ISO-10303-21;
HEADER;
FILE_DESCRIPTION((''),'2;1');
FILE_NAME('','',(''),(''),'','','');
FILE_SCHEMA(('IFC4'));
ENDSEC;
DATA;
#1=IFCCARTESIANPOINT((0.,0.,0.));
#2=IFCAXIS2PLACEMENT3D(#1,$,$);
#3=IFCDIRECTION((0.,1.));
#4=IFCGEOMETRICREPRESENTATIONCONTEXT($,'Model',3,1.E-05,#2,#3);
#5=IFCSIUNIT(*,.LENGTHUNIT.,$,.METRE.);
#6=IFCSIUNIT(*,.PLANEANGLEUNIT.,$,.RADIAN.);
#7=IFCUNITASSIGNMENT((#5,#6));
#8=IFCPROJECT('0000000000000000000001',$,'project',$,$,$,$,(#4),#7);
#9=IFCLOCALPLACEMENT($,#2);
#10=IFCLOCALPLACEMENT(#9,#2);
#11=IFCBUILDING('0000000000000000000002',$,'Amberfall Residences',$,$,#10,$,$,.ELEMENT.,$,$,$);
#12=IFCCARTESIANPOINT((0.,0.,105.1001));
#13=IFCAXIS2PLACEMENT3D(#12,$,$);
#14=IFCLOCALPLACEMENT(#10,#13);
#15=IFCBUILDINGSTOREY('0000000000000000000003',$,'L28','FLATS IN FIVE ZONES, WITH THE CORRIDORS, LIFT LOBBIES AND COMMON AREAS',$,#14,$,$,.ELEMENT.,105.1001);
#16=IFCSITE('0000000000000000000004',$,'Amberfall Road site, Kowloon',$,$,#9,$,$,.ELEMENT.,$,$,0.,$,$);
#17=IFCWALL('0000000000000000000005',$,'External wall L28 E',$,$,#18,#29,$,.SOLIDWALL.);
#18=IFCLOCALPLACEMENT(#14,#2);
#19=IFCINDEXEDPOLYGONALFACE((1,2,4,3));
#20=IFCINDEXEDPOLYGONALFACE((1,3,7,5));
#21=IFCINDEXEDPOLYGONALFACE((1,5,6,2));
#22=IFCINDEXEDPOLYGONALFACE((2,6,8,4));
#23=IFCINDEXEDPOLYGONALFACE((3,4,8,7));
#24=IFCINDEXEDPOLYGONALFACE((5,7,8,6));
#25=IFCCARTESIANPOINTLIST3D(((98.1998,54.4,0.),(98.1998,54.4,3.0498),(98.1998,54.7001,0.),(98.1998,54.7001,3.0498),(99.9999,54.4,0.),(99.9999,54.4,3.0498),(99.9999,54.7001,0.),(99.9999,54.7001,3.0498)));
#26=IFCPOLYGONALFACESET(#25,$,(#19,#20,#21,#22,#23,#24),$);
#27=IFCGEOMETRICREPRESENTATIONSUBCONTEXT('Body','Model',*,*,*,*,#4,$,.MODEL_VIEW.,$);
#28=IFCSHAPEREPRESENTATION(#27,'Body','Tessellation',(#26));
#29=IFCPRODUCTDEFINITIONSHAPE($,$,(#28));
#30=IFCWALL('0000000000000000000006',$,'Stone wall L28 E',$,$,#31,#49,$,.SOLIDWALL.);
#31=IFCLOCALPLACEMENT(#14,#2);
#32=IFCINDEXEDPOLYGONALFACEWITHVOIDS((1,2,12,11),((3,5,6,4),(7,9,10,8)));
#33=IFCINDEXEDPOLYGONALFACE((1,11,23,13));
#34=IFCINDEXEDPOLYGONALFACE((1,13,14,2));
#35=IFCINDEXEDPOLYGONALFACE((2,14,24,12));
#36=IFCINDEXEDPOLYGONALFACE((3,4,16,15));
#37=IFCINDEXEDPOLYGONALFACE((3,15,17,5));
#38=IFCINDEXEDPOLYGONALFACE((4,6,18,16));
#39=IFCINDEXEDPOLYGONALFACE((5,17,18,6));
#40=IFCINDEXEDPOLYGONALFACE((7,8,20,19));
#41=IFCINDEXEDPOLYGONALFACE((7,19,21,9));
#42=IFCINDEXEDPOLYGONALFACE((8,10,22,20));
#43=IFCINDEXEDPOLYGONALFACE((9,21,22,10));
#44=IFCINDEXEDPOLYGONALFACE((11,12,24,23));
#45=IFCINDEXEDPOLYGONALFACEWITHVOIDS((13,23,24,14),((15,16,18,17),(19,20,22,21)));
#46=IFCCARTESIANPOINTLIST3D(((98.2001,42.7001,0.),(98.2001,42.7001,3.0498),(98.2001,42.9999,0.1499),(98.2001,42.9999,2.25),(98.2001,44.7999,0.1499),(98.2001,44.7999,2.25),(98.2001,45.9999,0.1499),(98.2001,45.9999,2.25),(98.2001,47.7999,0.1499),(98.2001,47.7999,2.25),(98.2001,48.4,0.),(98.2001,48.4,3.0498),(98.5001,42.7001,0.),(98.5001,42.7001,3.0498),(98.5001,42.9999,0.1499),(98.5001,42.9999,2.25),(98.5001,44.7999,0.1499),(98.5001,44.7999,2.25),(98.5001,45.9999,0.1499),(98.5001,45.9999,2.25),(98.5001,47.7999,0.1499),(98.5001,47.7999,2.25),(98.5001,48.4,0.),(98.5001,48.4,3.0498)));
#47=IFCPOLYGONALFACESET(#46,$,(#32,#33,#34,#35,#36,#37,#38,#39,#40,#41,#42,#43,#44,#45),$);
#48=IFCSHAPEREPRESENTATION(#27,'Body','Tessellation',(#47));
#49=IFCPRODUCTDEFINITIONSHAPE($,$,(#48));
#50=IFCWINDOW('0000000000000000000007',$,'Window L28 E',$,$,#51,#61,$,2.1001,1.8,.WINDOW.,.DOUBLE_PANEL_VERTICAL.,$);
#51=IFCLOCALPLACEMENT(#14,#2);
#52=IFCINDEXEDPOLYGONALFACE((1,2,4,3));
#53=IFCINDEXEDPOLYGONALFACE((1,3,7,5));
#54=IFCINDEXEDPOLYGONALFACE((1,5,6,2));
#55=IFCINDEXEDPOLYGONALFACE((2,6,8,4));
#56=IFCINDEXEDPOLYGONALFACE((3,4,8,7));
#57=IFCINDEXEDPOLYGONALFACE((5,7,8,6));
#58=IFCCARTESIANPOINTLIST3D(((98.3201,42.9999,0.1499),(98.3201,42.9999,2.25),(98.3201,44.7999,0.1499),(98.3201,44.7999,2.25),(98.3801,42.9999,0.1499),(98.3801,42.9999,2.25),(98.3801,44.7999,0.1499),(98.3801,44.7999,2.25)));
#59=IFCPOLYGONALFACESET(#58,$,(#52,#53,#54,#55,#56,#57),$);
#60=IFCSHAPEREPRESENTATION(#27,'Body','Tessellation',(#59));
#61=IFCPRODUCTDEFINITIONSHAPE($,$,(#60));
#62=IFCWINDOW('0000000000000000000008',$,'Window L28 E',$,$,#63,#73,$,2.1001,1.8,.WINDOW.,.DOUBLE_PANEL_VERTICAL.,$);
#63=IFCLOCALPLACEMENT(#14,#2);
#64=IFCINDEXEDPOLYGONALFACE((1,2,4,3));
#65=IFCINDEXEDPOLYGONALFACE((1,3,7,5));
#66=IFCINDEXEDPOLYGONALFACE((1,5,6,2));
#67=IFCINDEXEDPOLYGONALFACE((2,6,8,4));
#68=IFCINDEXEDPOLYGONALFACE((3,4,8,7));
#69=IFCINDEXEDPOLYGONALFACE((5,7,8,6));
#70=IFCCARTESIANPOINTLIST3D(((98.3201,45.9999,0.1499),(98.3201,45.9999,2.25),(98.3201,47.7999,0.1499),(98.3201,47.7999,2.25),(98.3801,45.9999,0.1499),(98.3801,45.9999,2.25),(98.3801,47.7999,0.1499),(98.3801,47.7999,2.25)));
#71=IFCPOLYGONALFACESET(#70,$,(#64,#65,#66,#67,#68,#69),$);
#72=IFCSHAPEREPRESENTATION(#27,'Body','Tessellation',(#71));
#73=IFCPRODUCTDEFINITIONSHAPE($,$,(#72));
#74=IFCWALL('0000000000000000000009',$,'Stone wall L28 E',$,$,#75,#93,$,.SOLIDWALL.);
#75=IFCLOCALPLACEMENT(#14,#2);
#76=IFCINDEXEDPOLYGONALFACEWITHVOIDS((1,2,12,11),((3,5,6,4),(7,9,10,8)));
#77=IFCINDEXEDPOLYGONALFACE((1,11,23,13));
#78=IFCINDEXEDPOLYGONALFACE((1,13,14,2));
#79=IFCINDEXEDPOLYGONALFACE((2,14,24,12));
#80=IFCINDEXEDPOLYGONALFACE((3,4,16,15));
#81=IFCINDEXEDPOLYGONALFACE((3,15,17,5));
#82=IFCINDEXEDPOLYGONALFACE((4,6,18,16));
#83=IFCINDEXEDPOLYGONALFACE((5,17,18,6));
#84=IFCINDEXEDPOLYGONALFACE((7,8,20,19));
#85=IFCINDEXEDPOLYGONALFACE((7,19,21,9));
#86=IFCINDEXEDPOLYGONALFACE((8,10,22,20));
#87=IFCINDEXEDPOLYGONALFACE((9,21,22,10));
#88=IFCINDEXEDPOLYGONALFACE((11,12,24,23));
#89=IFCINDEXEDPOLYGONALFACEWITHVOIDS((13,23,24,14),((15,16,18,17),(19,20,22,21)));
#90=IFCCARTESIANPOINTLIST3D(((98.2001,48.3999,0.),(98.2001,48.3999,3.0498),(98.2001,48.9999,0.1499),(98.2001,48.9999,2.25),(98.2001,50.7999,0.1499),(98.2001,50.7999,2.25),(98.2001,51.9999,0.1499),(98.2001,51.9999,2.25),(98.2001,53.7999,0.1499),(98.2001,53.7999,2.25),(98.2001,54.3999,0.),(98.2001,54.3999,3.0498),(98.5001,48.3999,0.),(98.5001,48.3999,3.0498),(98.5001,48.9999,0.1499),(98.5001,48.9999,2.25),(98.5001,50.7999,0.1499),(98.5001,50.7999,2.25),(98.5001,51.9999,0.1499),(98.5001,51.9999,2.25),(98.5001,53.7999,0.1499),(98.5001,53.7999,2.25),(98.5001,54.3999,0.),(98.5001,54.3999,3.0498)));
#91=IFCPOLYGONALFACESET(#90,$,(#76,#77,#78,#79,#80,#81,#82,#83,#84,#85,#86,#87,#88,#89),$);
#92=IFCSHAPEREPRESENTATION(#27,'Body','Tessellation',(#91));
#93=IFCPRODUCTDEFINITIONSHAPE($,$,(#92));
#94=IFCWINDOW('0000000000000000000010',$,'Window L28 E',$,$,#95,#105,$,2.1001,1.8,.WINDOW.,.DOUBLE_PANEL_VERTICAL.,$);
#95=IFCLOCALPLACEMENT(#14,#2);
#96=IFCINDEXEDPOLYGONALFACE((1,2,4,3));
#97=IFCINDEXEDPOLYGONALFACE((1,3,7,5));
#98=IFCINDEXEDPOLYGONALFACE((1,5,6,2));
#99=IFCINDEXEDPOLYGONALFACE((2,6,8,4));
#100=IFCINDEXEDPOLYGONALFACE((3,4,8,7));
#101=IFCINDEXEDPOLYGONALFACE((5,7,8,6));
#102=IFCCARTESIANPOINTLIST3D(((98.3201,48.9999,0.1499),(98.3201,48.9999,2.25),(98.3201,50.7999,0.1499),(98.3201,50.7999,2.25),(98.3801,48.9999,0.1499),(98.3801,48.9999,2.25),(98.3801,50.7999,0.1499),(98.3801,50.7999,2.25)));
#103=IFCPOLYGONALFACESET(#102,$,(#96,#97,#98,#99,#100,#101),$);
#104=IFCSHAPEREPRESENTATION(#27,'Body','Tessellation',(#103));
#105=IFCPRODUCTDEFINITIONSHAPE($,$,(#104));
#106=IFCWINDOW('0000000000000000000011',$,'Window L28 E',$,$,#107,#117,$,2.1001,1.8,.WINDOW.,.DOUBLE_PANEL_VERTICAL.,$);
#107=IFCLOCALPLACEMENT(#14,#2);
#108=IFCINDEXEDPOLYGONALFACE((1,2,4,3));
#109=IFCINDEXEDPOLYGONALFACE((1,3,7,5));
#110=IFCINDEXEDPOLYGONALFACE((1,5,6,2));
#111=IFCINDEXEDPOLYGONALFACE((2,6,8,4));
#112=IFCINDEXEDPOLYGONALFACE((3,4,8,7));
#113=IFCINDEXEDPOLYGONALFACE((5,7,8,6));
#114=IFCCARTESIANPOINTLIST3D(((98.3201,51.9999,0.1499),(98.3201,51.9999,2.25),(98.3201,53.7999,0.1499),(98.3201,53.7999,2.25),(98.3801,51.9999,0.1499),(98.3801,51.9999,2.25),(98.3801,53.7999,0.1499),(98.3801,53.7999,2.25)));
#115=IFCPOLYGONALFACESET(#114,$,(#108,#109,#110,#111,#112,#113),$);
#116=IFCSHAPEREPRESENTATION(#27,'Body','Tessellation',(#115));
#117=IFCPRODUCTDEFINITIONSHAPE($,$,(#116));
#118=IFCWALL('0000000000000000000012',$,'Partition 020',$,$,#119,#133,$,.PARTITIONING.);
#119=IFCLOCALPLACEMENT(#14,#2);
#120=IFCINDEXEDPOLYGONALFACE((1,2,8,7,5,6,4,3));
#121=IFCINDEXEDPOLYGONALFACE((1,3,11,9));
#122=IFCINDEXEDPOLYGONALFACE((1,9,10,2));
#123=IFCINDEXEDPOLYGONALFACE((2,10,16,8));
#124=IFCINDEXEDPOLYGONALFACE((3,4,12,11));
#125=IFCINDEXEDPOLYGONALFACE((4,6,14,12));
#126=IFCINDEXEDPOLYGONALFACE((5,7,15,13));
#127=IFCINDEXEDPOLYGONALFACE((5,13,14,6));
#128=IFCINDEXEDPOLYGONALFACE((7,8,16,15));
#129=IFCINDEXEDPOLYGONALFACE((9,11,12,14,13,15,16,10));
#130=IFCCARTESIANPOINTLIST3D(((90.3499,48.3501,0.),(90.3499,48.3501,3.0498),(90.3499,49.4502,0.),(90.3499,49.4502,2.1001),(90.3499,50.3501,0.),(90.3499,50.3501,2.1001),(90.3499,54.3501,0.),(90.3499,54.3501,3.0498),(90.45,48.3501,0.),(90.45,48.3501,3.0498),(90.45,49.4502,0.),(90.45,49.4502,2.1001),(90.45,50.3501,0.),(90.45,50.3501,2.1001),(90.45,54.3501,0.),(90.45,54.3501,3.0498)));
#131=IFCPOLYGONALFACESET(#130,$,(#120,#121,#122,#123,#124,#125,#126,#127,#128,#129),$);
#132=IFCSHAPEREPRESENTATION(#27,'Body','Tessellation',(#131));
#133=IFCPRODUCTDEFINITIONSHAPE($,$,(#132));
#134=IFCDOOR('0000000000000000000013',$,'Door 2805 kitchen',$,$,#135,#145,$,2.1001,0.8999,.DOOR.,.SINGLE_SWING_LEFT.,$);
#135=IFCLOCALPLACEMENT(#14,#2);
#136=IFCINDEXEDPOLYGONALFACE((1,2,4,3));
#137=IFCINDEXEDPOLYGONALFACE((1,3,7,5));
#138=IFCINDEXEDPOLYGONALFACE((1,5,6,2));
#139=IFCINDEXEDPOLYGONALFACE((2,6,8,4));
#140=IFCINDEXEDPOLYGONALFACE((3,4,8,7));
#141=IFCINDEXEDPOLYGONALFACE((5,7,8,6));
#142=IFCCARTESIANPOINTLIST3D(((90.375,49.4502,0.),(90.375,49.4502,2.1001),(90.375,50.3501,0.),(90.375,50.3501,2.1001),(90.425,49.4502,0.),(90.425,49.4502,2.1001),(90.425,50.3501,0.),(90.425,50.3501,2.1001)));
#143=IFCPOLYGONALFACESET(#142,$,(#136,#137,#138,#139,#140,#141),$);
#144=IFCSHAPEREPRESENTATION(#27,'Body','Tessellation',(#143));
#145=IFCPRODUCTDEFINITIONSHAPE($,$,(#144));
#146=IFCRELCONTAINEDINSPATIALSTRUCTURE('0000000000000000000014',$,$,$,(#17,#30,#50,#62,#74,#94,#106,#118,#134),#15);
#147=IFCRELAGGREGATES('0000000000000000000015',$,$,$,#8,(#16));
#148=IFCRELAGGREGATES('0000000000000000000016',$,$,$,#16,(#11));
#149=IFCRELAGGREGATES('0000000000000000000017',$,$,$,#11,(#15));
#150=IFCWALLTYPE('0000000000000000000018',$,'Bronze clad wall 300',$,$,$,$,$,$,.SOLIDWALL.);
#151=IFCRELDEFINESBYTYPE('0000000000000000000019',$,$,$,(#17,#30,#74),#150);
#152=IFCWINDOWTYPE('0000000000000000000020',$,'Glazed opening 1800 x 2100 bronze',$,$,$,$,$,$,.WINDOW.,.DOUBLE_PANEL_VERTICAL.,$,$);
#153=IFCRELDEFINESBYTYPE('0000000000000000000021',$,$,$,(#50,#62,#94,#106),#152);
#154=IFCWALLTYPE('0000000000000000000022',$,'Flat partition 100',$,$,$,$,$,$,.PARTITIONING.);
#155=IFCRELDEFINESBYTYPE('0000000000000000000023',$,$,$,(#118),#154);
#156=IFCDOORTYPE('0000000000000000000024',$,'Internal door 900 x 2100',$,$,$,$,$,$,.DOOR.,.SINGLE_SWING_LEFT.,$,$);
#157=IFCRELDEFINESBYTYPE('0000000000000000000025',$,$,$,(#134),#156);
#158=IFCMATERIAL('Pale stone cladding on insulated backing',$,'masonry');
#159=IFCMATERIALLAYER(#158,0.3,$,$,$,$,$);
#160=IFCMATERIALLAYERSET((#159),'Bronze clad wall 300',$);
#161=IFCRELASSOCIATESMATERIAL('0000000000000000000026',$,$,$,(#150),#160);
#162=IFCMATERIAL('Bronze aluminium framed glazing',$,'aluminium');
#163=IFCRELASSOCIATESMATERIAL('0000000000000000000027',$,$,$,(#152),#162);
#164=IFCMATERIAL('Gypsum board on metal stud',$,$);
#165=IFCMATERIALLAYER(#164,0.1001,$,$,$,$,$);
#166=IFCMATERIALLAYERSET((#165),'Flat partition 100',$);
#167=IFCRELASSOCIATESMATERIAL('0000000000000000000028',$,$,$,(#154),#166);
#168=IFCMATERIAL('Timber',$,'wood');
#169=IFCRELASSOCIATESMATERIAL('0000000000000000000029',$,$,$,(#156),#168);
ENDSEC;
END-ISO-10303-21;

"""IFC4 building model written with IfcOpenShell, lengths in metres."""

from ifc_helpers import new_model, si_unit, direction, frame, frame_2d, origin, place, context, subcontext, project, spatial, rectangle, extrude, material, layer, layer_set, type_object, element, fill, save


model = new_model("IFC4")

# Units and contexts
model_context = context("Model", 3, precision=1e-05, world=origin(), true_north=direction((0.0, 1.0)))
body_context = subcontext(model_context, "Body", "Model", "MODEL_VIEW")
ifc_project = project(units=[si_unit("LENGTHUNIT", "METRE"), si_unit("PLANEANGLEUNIT", "RADIAN")], contexts=[model_context])

# Site, building, storey
site_placement = place(None, origin())
site = spatial("IfcSite", under=ifc_project, at=site_placement, Name="Amberfall Road site, Kowloon", CompositionType="ELEMENT", RefElevation=0.0)
building_placement = place(site_placement, origin())
building = spatial("IfcBuilding", under=site, at=building_placement, Name="Amberfall Residences", CompositionType="ELEMENT")
storey_placement = place(building_placement, frame((0.0, 0.0, 105.1001)))
storey = spatial("IfcBuildingStorey", under=building, at=storey_placement, Name="L28", Description="FLATS IN FIVE ZONES, WITH THE CORRIDORS, LIFT LOBBIES AND COMMON AREAS", CompositionType="ELEMENT", Elevation=105.1001)

# Wall
ifc_material_1 = material(Name="Pale stone cladding on insulated backing", Category="masonry")
ifc_layer_1 = layer(ifc_material_1, 0.3)
ifc_layer_set_1 = layer_set([ifc_layer_1], Name="Bronze clad wall 300")
wall_type_1 = type_object("IfcWallType", Name="Bronze clad wall 300", PredefinedType="SOLIDWALL", material=ifc_layer_set_1)
wall_1_placement = place(storey_placement, frame((98.2, 54.55, 0.0), z_axis=(0.0, 0.0, 1.0), x_axis=(1.0, 0.0, 0.0)))
element("IfcWall", 1, at=wall_1_placement, inside=storey, type_object=wall_type_1, Name="External wall L28 E", PredefinedType="SOLIDWALL", context=body_context, shape_type="SweptSolid", body=[
    extrude(rectangle(XDim=1.8, YDim=0.3, at=frame_2d((0.8999, 0.0))), origin(), (0.0, 0.0, 1.0), 3.0498),
])

# Walls, openings, windows
wall_2_placement = place(storey_placement, frame((98.3501, 42.7, 0.0), z_axis=(0.0, 0.0, 1.0), x_axis=(0.0, 1.0, 0.0)))
wall_2 = element("IfcWall", 2, at=wall_2_placement, inside=storey, type_object=wall_type_1, Name="Stone wall L28 E", PredefinedType="SOLIDWALL", context=body_context, shape_type="SweptSolid", body=[
    extrude(rectangle(XDim=5.7, YDim=0.3, at=frame_2d((2.8501, 0.0))), origin(), (0.0, 0.0, 1.0), 3.0498),
])
opening_1_placement = place(wall_2_placement, frame((0.3, 0.0, 0.1499)))
opening_1 = element("IfcOpeningElement", 3, at=opening_1_placement, cuts=wall_2, PredefinedType="OPENING", context=body_context, shape_type="SweptSolid", body=[
    extrude(rectangle(XDim=1.8, YDim=2.1001, at=frame_2d((0.8999, 1.05))), frame((0.0, 0.1599, 0.0), z_axis=(0.0, -1.0, 0.0), x_axis=(1.0, 0.0, 0.0)), (0.0, 0.0, 1.0), 0.3201),
])
opening_2_placement = place(wall_2_placement, frame((3.3, 0.0, 0.1499)))
opening_2 = element("IfcOpeningElement", 4, at=opening_2_placement, cuts=wall_2, PredefinedType="OPENING", context=body_context, shape_type="SweptSolid", body=[
    extrude(rectangle(XDim=1.8, YDim=2.1001, at=frame_2d((0.8999, 1.05))), frame((0.0, 0.1599, 0.0), z_axis=(0.0, -1.0, 0.0), x_axis=(1.0, 0.0, 0.0)), (0.0, 0.0, 1.0), 0.3201),
])
ifc_material_2 = material(Name="Bronze aluminium framed glazing", Category="aluminium")
window_type = type_object("IfcWindowType", Name="Glazed opening 1800 x 2100 bronze", PartitioningType="DOUBLE_PANEL_VERTICAL", PredefinedType="WINDOW", material=ifc_material_2)
window_1_placement = place(opening_1_placement, origin())
window_1 = element("IfcWindow", 5, at=window_1_placement, inside=storey, type_object=window_type, Name="Window L28 E", OverallHeight=2.1001, OverallWidth=1.8, PartitioningType="DOUBLE_PANEL_VERTICAL", PredefinedType="WINDOW", context=body_context, shape_type="SweptSolid", body=[
    extrude(rectangle(XDim=1.8, YDim=2.1001, at=frame_2d((0.8999, 1.05))), frame((0.0, 0.03, 0.0), z_axis=(0.0, -1.0, 0.0), x_axis=(1.0, 0.0, 0.0)), (0.0, 0.0, 1.0), 0.0601),
])
fill(opening_1, window_1)
window_2_placement = place(opening_2_placement, origin())
window_2 = element("IfcWindow", 6, at=window_2_placement, inside=storey, type_object=window_type, Name="Window L28 E", OverallHeight=2.1001, OverallWidth=1.8, PartitioningType="DOUBLE_PANEL_VERTICAL", PredefinedType="WINDOW", context=body_context, shape_type="SweptSolid", body=[
    extrude(rectangle(XDim=1.8, YDim=2.1001, at=frame_2d((0.8999, 1.05))), frame((0.0, 0.03, 0.0), z_axis=(0.0, -1.0, 0.0), x_axis=(1.0, 0.0, 0.0)), (0.0, 0.0, 1.0), 0.0601),
])
fill(opening_2, window_2)
wall_3_placement = place(storey_placement, frame((98.3501, 48.3999, 0.0), z_axis=(0.0, 0.0, 1.0), x_axis=(0.0, 1.0, 0.0)))
wall_3 = element("IfcWall", 7, at=wall_3_placement, inside=storey, type_object=wall_type_1, Name="Stone wall L28 E", PredefinedType="SOLIDWALL", context=body_context, shape_type="SweptSolid", body=[
    extrude(rectangle(XDim=6.0, YDim=0.3, at=frame_2d((3.0, 0.0))), origin(), (0.0, 0.0, 1.0), 3.0498),
])
opening_3_placement = place(wall_3_placement, frame((0.6001, 0.0, 0.1499)))
opening_3 = element("IfcOpeningElement", 8, at=opening_3_placement, cuts=wall_3, PredefinedType="OPENING", context=body_context, shape_type="SweptSolid", body=[
    extrude(rectangle(XDim=1.8, YDim=2.1001, at=frame_2d((0.8999, 1.05))), frame((0.0, 0.1599, 0.0), z_axis=(0.0, -1.0, 0.0), x_axis=(1.0, 0.0, 0.0)), (0.0, 0.0, 1.0), 0.3201),
])
opening_4_placement = place(wall_3_placement, frame((3.6001, 0.0, 0.1499)))
opening_4 = element("IfcOpeningElement", 9, at=opening_4_placement, cuts=wall_3, PredefinedType="OPENING", context=body_context, shape_type="SweptSolid", body=[
    extrude(rectangle(XDim=1.8, YDim=2.1001, at=frame_2d((0.8999, 1.05))), frame((0.0, 0.1599, 0.0), z_axis=(0.0, -1.0, 0.0), x_axis=(1.0, 0.0, 0.0)), (0.0, 0.0, 1.0), 0.3201),
])
window_3_placement = place(opening_3_placement, origin())
window_3 = element("IfcWindow", 10, at=window_3_placement, inside=storey, type_object=window_type, Name="Window L28 E", OverallHeight=2.1001, OverallWidth=1.8, PartitioningType="DOUBLE_PANEL_VERTICAL", PredefinedType="WINDOW", context=body_context, shape_type="SweptSolid", body=[
    extrude(rectangle(XDim=1.8, YDim=2.1001, at=frame_2d((0.8999, 1.05))), frame((0.0, 0.03, 0.0), z_axis=(0.0, -1.0, 0.0), x_axis=(1.0, 0.0, 0.0)), (0.0, 0.0, 1.0), 0.0601),
])
fill(opening_3, window_3)
window_4_placement = place(opening_4_placement, origin())
window_4 = element("IfcWindow", 11, at=window_4_placement, inside=storey, type_object=window_type, Name="Window L28 E", OverallHeight=2.1001, OverallWidth=1.8, PartitioningType="DOUBLE_PANEL_VERTICAL", PredefinedType="WINDOW", context=body_context, shape_type="SweptSolid", body=[
    extrude(rectangle(XDim=1.8, YDim=2.1001, at=frame_2d((0.8999, 1.05))), frame((0.0, 0.03, 0.0), z_axis=(0.0, -1.0, 0.0), x_axis=(1.0, 0.0, 0.0)), (0.0, 0.0, 1.0), 0.0601),
])
fill(opening_4, window_4)

# Wall, opening, door
ifc_material_3 = material(Name="Gypsum board on metal stud")
ifc_layer_2 = layer(ifc_material_3, 0.1001)
ifc_layer_set_2 = layer_set([ifc_layer_2], Name="Flat partition 100")
wall_type_2 = type_object("IfcWallType", Name="Flat partition 100", PredefinedType="PARTITIONING", material=ifc_layer_set_2)
wall_4_placement = place(storey_placement, frame((90.3999, 48.3501, 0.0), z_axis=(0.0, 0.0, 1.0), x_axis=(0.0, 1.0, 0.0)))
wall_4 = element("IfcWall", 12, at=wall_4_placement, inside=storey, type_object=wall_type_2, Name="Partition 020", PredefinedType="PARTITIONING", context=body_context, shape_type="SweptSolid", body=[
    extrude(rectangle(XDim=6.0, YDim=0.1001, at=frame_2d((3.0, 0.0))), origin(), (0.0, 0.0, 1.0), 3.0498),
])
opening_5_placement = place(wall_4_placement, frame((1.1001, 0.0, 0.0)))
opening_5 = element("IfcOpeningElement", 13, at=opening_5_placement, cuts=wall_4, PredefinedType="OPENING", context=body_context, shape_type="SweptSolid", body=[
    extrude(rectangle(XDim=0.8999, YDim=2.1001, at=frame_2d((0.45, 1.05))), frame((0.0, 0.0601, 0.0), z_axis=(0.0, -1.0, 0.0), x_axis=(1.0, 0.0, 0.0)), (0.0, 0.0, 1.0), 0.1201),
])
ifc_material_4 = material(Name="Timber", Category="wood")
door_type_1 = type_object("IfcDoorType", Name="Internal door 900 x 2100", OperationType="SINGLE_SWING_LEFT", PredefinedType="DOOR", material=ifc_material_4)
door_1_placement = place(opening_5_placement, origin())
door_1 = element("IfcDoor", 14, at=door_1_placement, inside=storey, type_object=door_type_1, Name="Door 2805 kitchen", OperationType="SINGLE_SWING_LEFT", OverallHeight=2.1001, OverallWidth=0.8999, PredefinedType="DOOR", context=body_context, shape_type="SweptSolid", body=[
    extrude(rectangle(XDim=0.8999, YDim=2.1001, at=frame_2d((0.45, 1.05))), frame((0.0, 0.0249, 0.0), z_axis=(0.0, -1.0, 0.0), x_axis=(1.0, 0.0, 0.0)), (0.0, 0.0, 1.0), 0.05),
])
fill(opening_5, door_1)

save(model, "model.ifc")
